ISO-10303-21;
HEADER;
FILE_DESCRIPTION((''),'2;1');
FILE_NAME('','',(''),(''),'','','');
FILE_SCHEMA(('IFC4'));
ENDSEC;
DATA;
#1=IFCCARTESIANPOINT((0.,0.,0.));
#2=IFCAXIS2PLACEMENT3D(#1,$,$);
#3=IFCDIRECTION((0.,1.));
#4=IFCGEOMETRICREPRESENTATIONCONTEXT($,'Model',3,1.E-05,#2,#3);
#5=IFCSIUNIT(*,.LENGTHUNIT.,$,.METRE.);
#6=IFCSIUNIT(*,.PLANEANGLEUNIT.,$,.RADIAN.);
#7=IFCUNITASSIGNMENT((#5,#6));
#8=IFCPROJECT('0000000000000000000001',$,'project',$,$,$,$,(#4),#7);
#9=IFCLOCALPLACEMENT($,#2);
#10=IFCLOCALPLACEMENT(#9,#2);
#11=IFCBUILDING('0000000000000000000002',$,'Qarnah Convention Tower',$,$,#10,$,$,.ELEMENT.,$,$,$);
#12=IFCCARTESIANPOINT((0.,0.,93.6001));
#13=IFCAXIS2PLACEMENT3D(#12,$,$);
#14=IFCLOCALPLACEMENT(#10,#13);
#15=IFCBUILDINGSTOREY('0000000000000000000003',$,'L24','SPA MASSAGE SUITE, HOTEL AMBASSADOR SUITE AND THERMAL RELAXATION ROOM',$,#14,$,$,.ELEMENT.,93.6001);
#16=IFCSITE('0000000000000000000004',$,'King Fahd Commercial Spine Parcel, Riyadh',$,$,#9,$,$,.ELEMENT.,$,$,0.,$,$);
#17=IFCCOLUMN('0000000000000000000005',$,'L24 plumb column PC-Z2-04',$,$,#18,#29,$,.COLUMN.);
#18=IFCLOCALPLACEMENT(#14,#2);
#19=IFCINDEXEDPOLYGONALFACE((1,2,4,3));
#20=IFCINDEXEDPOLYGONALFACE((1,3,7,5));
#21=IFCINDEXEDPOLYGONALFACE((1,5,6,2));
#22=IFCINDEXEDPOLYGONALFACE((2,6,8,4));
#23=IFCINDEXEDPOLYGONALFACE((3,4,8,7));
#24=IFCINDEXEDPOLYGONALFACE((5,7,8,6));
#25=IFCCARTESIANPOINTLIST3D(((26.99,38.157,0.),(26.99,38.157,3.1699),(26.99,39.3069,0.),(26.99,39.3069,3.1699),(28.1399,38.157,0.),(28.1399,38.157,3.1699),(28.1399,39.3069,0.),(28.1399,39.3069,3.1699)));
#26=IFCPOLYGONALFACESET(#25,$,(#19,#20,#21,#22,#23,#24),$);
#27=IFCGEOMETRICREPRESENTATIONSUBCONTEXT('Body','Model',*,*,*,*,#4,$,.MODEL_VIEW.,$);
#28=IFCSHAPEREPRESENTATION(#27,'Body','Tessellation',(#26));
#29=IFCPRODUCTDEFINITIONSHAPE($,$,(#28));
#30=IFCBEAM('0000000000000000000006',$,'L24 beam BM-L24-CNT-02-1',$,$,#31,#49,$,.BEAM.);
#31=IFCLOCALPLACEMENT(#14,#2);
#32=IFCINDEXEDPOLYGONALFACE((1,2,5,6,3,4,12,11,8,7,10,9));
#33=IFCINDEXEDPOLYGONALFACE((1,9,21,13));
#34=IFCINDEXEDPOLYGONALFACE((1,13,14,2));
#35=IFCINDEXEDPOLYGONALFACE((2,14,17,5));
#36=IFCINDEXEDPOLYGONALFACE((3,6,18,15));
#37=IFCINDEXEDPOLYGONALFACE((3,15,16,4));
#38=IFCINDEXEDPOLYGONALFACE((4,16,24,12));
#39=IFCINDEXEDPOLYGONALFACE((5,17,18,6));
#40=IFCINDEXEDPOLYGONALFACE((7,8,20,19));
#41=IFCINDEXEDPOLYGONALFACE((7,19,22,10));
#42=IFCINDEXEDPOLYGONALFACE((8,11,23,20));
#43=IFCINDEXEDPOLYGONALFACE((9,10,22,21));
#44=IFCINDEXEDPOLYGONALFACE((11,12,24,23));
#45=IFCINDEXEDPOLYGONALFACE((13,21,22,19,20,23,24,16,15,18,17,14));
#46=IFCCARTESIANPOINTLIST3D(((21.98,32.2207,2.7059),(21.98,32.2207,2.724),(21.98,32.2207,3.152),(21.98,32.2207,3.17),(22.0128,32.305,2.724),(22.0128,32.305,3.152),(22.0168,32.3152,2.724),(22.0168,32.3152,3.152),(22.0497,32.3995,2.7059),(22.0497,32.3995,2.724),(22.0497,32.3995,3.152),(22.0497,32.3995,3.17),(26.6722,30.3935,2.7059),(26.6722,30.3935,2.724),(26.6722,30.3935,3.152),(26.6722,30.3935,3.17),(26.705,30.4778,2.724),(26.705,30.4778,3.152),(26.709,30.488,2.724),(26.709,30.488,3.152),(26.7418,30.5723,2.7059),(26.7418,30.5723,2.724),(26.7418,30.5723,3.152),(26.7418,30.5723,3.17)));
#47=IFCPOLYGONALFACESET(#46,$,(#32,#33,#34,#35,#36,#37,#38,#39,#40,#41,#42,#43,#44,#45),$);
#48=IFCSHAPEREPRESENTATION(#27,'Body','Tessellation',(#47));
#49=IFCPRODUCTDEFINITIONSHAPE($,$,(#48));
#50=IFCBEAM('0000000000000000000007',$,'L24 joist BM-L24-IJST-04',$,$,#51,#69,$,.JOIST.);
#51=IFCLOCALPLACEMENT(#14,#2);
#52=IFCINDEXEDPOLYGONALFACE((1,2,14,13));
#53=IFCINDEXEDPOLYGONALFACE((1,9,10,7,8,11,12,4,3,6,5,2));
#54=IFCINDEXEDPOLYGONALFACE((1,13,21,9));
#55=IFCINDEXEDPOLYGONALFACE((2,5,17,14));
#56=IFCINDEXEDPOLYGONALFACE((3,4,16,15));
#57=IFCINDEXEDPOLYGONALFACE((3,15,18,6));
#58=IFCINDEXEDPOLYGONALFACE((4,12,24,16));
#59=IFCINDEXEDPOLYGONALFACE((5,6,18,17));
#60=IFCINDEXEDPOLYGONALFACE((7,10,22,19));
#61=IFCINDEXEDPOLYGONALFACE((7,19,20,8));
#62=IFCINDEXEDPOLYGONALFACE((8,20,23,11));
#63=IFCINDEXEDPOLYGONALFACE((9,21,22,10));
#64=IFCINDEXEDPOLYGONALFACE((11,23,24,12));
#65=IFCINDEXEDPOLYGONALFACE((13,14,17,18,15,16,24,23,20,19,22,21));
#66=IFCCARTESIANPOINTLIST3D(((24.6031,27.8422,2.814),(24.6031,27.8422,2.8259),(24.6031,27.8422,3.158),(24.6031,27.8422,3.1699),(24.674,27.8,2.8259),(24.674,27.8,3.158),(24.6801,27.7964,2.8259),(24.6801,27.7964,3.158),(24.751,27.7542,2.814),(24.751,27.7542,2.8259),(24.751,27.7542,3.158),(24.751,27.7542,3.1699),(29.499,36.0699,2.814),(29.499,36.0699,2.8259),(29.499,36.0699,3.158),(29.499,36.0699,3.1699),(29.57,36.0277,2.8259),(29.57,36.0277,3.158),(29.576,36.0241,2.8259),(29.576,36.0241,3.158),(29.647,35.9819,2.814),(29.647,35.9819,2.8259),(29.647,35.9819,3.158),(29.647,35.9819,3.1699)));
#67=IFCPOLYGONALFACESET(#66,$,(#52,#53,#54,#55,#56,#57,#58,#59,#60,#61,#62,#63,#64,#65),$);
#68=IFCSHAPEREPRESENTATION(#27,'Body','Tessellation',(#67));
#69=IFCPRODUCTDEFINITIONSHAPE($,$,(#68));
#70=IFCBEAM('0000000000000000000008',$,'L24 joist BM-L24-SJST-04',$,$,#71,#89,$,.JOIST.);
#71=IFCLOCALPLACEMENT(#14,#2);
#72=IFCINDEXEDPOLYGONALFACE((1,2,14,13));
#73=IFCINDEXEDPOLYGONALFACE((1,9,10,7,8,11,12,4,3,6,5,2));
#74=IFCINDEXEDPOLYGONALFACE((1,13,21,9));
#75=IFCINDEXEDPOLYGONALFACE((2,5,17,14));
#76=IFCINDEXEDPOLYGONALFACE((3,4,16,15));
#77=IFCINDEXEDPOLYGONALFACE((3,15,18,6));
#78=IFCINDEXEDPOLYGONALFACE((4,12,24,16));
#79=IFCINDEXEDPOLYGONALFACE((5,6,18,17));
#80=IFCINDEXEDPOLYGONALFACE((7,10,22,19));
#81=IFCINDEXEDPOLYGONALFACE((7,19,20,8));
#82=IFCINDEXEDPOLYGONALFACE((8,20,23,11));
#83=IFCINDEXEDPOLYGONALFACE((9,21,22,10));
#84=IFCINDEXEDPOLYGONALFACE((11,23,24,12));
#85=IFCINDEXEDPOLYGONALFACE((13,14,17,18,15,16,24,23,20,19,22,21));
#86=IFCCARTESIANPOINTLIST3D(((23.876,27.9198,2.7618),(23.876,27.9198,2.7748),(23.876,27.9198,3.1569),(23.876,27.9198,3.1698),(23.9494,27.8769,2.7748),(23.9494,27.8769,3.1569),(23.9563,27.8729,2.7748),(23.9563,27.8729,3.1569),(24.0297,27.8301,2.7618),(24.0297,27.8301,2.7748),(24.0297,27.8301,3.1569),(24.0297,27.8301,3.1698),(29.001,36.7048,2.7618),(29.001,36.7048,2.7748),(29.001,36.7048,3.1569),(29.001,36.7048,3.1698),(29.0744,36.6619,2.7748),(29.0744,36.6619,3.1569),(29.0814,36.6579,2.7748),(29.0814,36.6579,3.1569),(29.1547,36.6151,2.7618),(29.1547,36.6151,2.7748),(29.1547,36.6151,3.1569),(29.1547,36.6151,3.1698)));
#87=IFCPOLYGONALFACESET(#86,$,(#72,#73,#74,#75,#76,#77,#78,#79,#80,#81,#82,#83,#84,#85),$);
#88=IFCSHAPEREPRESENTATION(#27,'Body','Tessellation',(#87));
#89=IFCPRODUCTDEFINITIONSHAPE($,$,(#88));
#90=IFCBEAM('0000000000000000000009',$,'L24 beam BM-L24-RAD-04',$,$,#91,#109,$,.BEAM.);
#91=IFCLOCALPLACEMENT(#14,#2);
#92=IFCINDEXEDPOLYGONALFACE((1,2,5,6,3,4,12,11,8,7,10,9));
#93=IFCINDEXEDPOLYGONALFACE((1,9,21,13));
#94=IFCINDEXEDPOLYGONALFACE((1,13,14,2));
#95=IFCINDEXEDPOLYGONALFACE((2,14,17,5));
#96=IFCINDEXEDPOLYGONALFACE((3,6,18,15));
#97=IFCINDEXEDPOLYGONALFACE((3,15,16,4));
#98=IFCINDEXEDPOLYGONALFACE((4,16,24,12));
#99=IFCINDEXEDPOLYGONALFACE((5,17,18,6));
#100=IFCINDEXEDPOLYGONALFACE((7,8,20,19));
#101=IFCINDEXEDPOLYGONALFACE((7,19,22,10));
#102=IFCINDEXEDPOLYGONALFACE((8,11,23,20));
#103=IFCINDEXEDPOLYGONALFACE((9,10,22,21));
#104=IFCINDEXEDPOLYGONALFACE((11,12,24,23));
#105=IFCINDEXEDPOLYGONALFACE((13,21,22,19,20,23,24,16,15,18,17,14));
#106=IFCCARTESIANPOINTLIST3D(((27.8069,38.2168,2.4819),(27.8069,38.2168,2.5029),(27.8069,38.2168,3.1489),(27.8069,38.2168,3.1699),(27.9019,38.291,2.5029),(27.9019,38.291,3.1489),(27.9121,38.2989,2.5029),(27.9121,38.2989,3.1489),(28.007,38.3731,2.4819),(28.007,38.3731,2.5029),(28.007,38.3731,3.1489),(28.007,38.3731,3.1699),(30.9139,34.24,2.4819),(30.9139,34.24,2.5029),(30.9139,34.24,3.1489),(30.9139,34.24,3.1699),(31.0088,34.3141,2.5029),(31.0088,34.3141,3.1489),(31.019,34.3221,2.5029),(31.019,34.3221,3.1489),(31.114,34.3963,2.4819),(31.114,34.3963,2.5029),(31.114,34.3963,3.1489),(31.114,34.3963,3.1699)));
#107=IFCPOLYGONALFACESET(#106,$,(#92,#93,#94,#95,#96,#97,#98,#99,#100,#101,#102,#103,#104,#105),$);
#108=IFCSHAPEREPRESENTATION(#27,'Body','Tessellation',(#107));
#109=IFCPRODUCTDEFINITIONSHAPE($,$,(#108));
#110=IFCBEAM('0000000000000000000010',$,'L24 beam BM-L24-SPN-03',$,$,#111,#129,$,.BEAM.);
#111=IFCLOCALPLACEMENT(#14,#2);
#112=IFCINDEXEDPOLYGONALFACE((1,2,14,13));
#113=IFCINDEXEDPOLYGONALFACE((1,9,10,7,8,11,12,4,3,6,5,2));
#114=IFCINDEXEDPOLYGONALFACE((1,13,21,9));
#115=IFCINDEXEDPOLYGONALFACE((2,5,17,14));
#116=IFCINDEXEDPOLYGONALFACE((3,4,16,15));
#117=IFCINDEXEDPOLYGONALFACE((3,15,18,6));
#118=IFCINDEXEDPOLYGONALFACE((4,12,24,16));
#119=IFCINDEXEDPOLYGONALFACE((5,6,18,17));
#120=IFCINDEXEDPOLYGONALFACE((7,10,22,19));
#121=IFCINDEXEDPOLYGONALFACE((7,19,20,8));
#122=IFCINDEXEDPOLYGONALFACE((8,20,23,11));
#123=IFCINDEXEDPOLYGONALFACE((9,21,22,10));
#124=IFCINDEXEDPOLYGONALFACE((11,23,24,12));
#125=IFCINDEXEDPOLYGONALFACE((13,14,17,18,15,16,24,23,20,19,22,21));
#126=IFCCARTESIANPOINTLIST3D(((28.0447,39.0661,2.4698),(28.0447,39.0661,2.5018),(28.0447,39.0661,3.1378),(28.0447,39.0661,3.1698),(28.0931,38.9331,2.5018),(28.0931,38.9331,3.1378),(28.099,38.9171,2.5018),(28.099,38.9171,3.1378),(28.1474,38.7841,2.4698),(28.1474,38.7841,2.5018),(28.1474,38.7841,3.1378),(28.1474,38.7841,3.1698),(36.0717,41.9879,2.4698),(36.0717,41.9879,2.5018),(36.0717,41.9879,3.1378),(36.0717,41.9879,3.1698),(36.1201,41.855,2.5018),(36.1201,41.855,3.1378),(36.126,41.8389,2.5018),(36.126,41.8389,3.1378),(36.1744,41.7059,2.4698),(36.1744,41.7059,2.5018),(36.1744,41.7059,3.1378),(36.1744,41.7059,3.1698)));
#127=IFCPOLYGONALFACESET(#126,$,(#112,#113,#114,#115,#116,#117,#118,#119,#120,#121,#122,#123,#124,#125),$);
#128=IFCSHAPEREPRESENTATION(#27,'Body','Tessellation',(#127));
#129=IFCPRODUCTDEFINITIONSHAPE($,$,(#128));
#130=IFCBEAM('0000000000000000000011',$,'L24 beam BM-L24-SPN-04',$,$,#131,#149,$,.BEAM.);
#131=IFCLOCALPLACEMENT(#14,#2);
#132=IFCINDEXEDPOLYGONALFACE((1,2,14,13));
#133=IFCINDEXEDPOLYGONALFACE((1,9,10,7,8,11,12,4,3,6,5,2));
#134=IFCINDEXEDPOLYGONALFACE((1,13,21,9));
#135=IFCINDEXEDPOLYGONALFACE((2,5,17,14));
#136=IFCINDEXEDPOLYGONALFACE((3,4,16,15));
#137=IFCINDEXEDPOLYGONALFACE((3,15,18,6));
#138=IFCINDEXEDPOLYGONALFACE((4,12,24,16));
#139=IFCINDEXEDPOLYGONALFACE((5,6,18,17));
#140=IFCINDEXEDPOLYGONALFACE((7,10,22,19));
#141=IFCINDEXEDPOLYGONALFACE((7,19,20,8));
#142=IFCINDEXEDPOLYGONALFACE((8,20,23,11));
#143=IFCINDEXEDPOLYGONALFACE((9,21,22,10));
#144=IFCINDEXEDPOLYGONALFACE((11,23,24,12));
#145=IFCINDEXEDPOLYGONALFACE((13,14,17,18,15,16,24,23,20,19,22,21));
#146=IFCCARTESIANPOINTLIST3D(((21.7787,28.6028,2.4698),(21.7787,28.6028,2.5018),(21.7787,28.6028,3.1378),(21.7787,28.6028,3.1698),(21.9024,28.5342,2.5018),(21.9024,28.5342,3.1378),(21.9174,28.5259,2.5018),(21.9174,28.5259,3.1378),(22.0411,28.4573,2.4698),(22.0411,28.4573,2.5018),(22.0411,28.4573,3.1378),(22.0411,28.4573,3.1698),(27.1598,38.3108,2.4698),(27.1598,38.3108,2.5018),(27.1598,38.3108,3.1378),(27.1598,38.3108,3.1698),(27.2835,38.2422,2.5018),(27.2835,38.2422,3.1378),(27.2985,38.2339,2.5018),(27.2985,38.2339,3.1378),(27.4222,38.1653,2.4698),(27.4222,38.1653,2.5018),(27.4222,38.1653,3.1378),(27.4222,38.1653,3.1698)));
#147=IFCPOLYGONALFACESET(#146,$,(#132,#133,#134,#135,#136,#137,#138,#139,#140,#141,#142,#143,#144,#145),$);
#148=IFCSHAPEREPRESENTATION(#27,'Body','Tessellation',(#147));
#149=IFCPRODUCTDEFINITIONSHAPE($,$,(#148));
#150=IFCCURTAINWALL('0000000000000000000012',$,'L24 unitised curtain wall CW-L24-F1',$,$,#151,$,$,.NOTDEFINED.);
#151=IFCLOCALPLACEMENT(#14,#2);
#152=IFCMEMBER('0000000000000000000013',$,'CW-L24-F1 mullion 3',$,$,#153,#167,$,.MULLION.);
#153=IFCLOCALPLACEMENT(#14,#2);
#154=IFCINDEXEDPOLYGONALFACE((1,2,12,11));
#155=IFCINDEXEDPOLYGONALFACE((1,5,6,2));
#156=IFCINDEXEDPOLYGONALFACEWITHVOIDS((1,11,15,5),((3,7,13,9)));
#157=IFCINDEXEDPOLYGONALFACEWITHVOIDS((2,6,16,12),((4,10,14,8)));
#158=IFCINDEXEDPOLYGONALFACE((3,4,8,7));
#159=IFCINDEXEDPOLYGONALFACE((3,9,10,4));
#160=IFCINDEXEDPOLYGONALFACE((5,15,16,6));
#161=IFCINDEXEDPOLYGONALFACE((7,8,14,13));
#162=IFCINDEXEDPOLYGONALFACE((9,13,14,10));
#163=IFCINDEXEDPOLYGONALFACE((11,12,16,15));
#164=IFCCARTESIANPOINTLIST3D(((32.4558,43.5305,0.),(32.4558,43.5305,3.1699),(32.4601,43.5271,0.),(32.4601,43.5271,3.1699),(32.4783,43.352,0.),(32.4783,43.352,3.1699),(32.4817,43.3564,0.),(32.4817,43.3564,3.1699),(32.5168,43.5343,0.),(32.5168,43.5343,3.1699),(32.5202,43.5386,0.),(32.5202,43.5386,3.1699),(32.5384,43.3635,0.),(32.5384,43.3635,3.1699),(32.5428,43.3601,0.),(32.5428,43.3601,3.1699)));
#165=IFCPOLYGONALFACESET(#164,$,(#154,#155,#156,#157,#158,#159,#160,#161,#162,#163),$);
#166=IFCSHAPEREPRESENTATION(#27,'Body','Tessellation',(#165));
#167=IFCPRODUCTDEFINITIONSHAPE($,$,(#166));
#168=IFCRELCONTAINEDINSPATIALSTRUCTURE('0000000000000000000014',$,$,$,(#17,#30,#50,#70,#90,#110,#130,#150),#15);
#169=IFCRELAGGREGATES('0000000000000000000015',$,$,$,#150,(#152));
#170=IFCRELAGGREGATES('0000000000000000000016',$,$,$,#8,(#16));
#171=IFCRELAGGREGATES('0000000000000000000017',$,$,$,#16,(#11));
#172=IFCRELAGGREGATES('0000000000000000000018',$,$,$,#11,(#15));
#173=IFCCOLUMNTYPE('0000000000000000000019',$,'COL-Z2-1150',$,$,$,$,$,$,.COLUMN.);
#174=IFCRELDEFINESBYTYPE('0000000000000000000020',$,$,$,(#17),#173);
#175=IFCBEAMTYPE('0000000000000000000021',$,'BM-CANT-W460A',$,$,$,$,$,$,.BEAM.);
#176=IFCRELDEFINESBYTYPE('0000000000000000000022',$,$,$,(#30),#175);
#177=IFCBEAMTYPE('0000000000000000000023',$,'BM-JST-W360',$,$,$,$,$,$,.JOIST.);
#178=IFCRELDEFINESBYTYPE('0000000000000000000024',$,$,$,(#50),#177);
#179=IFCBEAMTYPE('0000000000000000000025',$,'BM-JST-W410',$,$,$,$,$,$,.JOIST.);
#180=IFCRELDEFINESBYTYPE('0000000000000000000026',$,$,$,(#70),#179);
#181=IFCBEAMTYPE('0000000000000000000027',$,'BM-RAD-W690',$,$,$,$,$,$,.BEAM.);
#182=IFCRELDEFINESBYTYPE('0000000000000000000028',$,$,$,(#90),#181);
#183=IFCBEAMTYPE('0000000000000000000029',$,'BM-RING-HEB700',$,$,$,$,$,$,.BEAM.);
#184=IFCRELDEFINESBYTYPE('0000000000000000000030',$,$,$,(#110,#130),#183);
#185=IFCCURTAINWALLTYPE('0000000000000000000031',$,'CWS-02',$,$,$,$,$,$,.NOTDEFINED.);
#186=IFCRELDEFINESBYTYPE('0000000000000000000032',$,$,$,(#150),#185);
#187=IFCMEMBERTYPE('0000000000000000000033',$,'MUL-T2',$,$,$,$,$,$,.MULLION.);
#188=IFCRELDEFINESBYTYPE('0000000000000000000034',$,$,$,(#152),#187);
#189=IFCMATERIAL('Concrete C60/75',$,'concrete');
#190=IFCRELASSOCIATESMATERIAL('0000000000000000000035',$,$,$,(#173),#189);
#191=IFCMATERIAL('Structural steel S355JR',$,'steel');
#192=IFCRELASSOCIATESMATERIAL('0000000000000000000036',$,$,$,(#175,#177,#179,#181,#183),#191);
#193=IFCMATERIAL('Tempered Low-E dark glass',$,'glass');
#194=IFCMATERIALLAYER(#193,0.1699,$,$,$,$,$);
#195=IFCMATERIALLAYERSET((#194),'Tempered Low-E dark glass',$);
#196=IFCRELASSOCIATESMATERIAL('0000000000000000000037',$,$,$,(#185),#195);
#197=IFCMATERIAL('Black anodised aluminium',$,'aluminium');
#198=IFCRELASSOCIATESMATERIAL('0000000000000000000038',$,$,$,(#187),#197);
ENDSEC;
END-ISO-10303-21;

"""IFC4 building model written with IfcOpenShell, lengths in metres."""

from ifc_helpers import new_model, si_unit, direction, frame, origin, origin_2d, place, context, subcontext, project, spatial, rectangle, hollow_rectangle, i_section, extrude, material, layer, layer_set, material_profile, profile_set, type_object, element, aggregate, save


model = new_model("IFC4")

# Units and contexts
model_context = context("Model", 3, precision=1e-05, world=origin(), true_north=direction((0.0, 1.0)))
body_context = subcontext(model_context, "Body", "Model", "MODEL_VIEW")
ifc_project = project(units=[si_unit("LENGTHUNIT", "METRE"), si_unit("PLANEANGLEUNIT", "RADIAN")], contexts=[model_context])

# Site, building, storey
site_placement = place(None, origin())
site = spatial("IfcSite", under=ifc_project, at=site_placement, Name="King Fahd Commercial Spine Parcel, Riyadh", CompositionType="ELEMENT", RefElevation=0.0)
building_placement = place(site_placement, origin())
building = spatial("IfcBuilding", under=site, at=building_placement, Name="Qarnah Convention Tower", CompositionType="ELEMENT")
storey_placement = place(building_placement, frame((0.0, 0.0, 93.6001)))
storey = spatial("IfcBuildingStorey", under=building, at=storey_placement, Name="L24", Description="SPA MASSAGE SUITE, HOTEL AMBASSADOR SUITE AND THERMAL RELAXATION ROOM", CompositionType="ELEMENT", Elevation=93.6001)

# Column
ifc_material_1 = material(Name="Concrete C60/75", Category="concrete")
ifc_material_profile_1 = material_profile(ifc_material_1, rectangle(XDim=1.1499, YDim=1.1499, at=origin_2d()), Name="RC-COL-1150X1150")
ifc_profile_set_1 = profile_set([ifc_material_profile_1], Name="Concrete C60/75")
column_type = type_object("IfcColumnType", Name="COL-Z2-1150", PredefinedType="COLUMN", material=ifc_profile_set_1)
column_placement = place(storey_placement, frame((27.5649, 38.7319, 0.0), z_axis=(0.0, 0.0, 1.0), x_axis=(1.0, 0.0, 0.0)))
element("IfcColumn", 1, at=column_placement, inside=storey, type_object=column_type, Name="L24 plumb column PC-Z2-04", PredefinedType="COLUMN", context=body_context, shape_type="SweptSolid", body=[
    extrude(rectangle(XDim=1.1499, YDim=1.1499, at=origin_2d()), origin(), (0.0, 0.0, 1.0), 3.1699),
])

# Beams
ifc_material_2 = material(Name="Structural steel S355JR", Category="steel")
ifc_material_profile_2 = material_profile(ifc_material_2, i_section(OverallWidth=0.1919, OverallDepth=0.4641, WebThickness=0.011, FlangeThickness=0.0181, at=origin_2d()), Name="W460X89")
ifc_profile_set_2 = profile_set([ifc_material_profile_2], Name="Structural steel S355JR")
beam_type_1 = type_object("IfcBeamType", Name="BM-CANT-W460A", PredefinedType="BEAM", material=ifc_profile_set_2)
beam_1_placement = place(storey_placement, frame((26.707, 30.4829, 2.938), z_axis=(-0.931842, 0.362865, 0.0), x_axis=(-0.362865, -0.931842, 0.0)))
element("IfcBeam", 2, at=beam_1_placement, inside=storey, type_object=beam_type_1, Name="L24 beam BM-L24-CNT-02-1", PredefinedType="BEAM", context=body_context, shape_type="SweptSolid", body=[
    extrude(i_section(OverallWidth=0.1919, OverallDepth=0.4641, WebThickness=0.011, FlangeThickness=0.0181, at=origin_2d()), origin(), (0.0, 0.0, 1.0), 5.0354),
])
ifc_material_profile_3 = material_profile(ifc_material_2, i_section(OverallWidth=0.1721, OverallDepth=0.356, WebThickness=0.0071, FlangeThickness=0.012, at=origin_2d()), Name="W360X51")
ifc_profile_set_3 = profile_set([ifc_material_profile_3], Name="Structural steel S355JR")
beam_type_2 = type_object("IfcBeamType", Name="BM-JST-W360", PredefinedType="JOIST", material=ifc_profile_set_3)
beam_2_placement = place(storey_placement, frame((29.573, 36.0259, 2.9919), z_axis=(-0.511369, -0.859361, 0.0), x_axis=(0.859361, -0.511369, 0.0)))
element("IfcBeam", 3, at=beam_2_placement, inside=storey, type_object=beam_type_2, Name="L24 joist BM-L24-IJST-04", PredefinedType="JOIST", context=body_context, shape_type="SweptSolid", body=[
    extrude(i_section(OverallWidth=0.1721, OverallDepth=0.356, WebThickness=0.0071, FlangeThickness=0.012, at=origin_2d()), origin(), (0.0, 0.0, 1.0), 9.5742),
])
ifc_material_profile_4 = material_profile(ifc_material_2, i_section(OverallWidth=0.178, OverallDepth=0.408, WebThickness=0.0081, FlangeThickness=0.0129, at=origin_2d()), Name="W410X60")
ifc_profile_set_4 = profile_set([ifc_material_profile_4], Name="Structural steel S355JR")
beam_type_3 = type_object("IfcBeamType", Name="BM-JST-W410", PredefinedType="JOIST", material=ifc_profile_set_4)
beam_3_placement = place(storey_placement, frame((29.0779, 36.6599, 2.9658), z_axis=(-0.503905, -0.863759, 0.0), x_axis=(0.863759, -0.503905, 0.0)))
element("IfcBeam", 4, at=beam_3_placement, inside=storey, type_object=beam_type_3, Name="L24 joist BM-L24-SJST-04", PredefinedType="JOIST", context=body_context, shape_type="SweptSolid", body=[
    extrude(i_section(OverallWidth=0.178, OverallDepth=0.408, WebThickness=0.0081, FlangeThickness=0.0129, at=origin_2d()), origin(), (0.0, 0.0, 1.0), 10.1707),
])
ifc_material_profile_5 = material_profile(ifc_material_2, i_section(OverallWidth=0.2539, OverallDepth=0.688, WebThickness=0.0129, FlangeThickness=0.021, at=origin_2d()), Name="W690X152")
ifc_profile_set_5 = profile_set([ifc_material_profile_5], Name="Structural steel S355JR")
beam_type_4 = type_object("IfcBeamType", Name="BM-RAD-W690", PredefinedType="BEAM", material=ifc_profile_set_5)
beam_4_placement = place(storey_placement, frame((31.0139, 34.3181, 2.8259), z_axis=(-0.615651, 0.788019, 0.0), x_axis=(-0.788019, -0.615651, 0.0)))
element("IfcBeam", 5, at=beam_4_placement, inside=storey, type_object=beam_type_4, Name="L24 beam BM-L24-RAD-04", PredefinedType="BEAM", context=body_context, shape_type="SweptSolid", body=[
    extrude(i_section(OverallWidth=0.2539, OverallDepth=0.688, WebThickness=0.0129, FlangeThickness=0.021, at=origin_2d()), origin(), (0.0, 0.0, 1.0), 5.0466),
])
ifc_material_profile_6 = material_profile(ifc_material_2, i_section(OverallWidth=0.3, OverallDepth=0.7, WebThickness=0.0171, FlangeThickness=0.032, at=origin_2d()), Name="HEB700")
ifc_profile_set_6 = profile_set([ifc_material_profile_6], Name="Structural steel S355JR")
beam_type_5 = type_object("IfcBeamType", Name="BM-RING-HEB700", PredefinedType="BEAM", material=ifc_profile_set_6)
beam_5_placement = place(storey_placement, frame((36.123, 41.8469, 2.8198), z_axis=(-0.939683, -0.342046, 0.0), x_axis=(0.342046, -0.939683, 0.0)))
element("IfcBeam", 6, at=beam_5_placement, inside=storey, type_object=beam_type_5, Name="L24 beam BM-L24-SPN-03", PredefinedType="BEAM", context=body_context, shape_type="SweptSolid", body=[
    extrude(i_section(OverallWidth=0.3, OverallDepth=0.7, WebThickness=0.0171, FlangeThickness=0.032, at=origin_2d()), origin(), (0.0, 0.0, 1.0), 8.5422),
])
beam_6_placement = place(storey_placement, frame((27.291, 38.238, 2.8198), z_axis=(-0.4848, -0.874625, 0.0), x_axis=(0.874625, -0.4848, 0.0)))
element("IfcBeam", 7, at=beam_6_placement, inside=storey, type_object=beam_type_5, Name="L24 beam BM-L24-SPN-04", PredefinedType="BEAM", context=body_context, shape_type="SweptSolid", body=[
    extrude(i_section(OverallWidth=0.3, OverallDepth=0.7, WebThickness=0.0171, FlangeThickness=0.032, at=origin_2d()), origin(), (0.0, 0.0, 1.0), 11.0996),
])

# Curtain wall, member
ifc_material_3 = material(Name="Tempered Low-E dark glass", Category="glass")
ifc_layer_1 = layer(ifc_material_3, 0.1699)
ifc_layer_set_1 = layer_set([ifc_layer_1], Name="Tempered Low-E dark glass")
curtain_wall_type = type_object("IfcCurtainWallType", Name="CWS-02", PredefinedType="NOTDEFINED", material=ifc_layer_set_1)
curtain_wall_placement = place(storey_placement, origin())
curtain_wall = element("IfcCurtainWall", 8, at=curtain_wall_placement, inside=storey, type_object=curtain_wall_type, Name="L24 unitised curtain wall CW-L24-F1", PredefinedType="NOTDEFINED")
ifc_material_4 = material(Name="Black anodised aluminium", Category="aluminium")
ifc_material_profile_7 = material_profile(ifc_material_4, hollow_rectangle(XDim=0.0649, YDim=0.1799, WallThickness=0.0039, at=origin_2d()), Name="MUL-65X180")
ifc_profile_set_7 = profile_set([ifc_material_profile_7], Name="Black anodised aluminium")
member_type = type_object("IfcMemberType", Name="MUL-T2", PredefinedType="MULLION", material=ifc_profile_set_7)
member_placement = place(storey_placement, frame((32.4993, 43.4453, 0.0), z_axis=(0.0, 0.0, 1.0), x_axis=(0.99212, 0.125295, 0.0)))
member = element("IfcMember", 9, at=member_placement, type_object=member_type, Name="CW-L24-F1 mullion 3", PredefinedType="MULLION", context=body_context, shape_type="SweptSolid", body=[
    extrude(hollow_rectangle(XDim=0.0649, YDim=0.1799, WallThickness=0.0039, at=origin_2d()), origin(), (0.0, 0.0, 1.0), 3.1699),
])
aggregate(curtain_wall, [member])

save(model, "model.ifc")
